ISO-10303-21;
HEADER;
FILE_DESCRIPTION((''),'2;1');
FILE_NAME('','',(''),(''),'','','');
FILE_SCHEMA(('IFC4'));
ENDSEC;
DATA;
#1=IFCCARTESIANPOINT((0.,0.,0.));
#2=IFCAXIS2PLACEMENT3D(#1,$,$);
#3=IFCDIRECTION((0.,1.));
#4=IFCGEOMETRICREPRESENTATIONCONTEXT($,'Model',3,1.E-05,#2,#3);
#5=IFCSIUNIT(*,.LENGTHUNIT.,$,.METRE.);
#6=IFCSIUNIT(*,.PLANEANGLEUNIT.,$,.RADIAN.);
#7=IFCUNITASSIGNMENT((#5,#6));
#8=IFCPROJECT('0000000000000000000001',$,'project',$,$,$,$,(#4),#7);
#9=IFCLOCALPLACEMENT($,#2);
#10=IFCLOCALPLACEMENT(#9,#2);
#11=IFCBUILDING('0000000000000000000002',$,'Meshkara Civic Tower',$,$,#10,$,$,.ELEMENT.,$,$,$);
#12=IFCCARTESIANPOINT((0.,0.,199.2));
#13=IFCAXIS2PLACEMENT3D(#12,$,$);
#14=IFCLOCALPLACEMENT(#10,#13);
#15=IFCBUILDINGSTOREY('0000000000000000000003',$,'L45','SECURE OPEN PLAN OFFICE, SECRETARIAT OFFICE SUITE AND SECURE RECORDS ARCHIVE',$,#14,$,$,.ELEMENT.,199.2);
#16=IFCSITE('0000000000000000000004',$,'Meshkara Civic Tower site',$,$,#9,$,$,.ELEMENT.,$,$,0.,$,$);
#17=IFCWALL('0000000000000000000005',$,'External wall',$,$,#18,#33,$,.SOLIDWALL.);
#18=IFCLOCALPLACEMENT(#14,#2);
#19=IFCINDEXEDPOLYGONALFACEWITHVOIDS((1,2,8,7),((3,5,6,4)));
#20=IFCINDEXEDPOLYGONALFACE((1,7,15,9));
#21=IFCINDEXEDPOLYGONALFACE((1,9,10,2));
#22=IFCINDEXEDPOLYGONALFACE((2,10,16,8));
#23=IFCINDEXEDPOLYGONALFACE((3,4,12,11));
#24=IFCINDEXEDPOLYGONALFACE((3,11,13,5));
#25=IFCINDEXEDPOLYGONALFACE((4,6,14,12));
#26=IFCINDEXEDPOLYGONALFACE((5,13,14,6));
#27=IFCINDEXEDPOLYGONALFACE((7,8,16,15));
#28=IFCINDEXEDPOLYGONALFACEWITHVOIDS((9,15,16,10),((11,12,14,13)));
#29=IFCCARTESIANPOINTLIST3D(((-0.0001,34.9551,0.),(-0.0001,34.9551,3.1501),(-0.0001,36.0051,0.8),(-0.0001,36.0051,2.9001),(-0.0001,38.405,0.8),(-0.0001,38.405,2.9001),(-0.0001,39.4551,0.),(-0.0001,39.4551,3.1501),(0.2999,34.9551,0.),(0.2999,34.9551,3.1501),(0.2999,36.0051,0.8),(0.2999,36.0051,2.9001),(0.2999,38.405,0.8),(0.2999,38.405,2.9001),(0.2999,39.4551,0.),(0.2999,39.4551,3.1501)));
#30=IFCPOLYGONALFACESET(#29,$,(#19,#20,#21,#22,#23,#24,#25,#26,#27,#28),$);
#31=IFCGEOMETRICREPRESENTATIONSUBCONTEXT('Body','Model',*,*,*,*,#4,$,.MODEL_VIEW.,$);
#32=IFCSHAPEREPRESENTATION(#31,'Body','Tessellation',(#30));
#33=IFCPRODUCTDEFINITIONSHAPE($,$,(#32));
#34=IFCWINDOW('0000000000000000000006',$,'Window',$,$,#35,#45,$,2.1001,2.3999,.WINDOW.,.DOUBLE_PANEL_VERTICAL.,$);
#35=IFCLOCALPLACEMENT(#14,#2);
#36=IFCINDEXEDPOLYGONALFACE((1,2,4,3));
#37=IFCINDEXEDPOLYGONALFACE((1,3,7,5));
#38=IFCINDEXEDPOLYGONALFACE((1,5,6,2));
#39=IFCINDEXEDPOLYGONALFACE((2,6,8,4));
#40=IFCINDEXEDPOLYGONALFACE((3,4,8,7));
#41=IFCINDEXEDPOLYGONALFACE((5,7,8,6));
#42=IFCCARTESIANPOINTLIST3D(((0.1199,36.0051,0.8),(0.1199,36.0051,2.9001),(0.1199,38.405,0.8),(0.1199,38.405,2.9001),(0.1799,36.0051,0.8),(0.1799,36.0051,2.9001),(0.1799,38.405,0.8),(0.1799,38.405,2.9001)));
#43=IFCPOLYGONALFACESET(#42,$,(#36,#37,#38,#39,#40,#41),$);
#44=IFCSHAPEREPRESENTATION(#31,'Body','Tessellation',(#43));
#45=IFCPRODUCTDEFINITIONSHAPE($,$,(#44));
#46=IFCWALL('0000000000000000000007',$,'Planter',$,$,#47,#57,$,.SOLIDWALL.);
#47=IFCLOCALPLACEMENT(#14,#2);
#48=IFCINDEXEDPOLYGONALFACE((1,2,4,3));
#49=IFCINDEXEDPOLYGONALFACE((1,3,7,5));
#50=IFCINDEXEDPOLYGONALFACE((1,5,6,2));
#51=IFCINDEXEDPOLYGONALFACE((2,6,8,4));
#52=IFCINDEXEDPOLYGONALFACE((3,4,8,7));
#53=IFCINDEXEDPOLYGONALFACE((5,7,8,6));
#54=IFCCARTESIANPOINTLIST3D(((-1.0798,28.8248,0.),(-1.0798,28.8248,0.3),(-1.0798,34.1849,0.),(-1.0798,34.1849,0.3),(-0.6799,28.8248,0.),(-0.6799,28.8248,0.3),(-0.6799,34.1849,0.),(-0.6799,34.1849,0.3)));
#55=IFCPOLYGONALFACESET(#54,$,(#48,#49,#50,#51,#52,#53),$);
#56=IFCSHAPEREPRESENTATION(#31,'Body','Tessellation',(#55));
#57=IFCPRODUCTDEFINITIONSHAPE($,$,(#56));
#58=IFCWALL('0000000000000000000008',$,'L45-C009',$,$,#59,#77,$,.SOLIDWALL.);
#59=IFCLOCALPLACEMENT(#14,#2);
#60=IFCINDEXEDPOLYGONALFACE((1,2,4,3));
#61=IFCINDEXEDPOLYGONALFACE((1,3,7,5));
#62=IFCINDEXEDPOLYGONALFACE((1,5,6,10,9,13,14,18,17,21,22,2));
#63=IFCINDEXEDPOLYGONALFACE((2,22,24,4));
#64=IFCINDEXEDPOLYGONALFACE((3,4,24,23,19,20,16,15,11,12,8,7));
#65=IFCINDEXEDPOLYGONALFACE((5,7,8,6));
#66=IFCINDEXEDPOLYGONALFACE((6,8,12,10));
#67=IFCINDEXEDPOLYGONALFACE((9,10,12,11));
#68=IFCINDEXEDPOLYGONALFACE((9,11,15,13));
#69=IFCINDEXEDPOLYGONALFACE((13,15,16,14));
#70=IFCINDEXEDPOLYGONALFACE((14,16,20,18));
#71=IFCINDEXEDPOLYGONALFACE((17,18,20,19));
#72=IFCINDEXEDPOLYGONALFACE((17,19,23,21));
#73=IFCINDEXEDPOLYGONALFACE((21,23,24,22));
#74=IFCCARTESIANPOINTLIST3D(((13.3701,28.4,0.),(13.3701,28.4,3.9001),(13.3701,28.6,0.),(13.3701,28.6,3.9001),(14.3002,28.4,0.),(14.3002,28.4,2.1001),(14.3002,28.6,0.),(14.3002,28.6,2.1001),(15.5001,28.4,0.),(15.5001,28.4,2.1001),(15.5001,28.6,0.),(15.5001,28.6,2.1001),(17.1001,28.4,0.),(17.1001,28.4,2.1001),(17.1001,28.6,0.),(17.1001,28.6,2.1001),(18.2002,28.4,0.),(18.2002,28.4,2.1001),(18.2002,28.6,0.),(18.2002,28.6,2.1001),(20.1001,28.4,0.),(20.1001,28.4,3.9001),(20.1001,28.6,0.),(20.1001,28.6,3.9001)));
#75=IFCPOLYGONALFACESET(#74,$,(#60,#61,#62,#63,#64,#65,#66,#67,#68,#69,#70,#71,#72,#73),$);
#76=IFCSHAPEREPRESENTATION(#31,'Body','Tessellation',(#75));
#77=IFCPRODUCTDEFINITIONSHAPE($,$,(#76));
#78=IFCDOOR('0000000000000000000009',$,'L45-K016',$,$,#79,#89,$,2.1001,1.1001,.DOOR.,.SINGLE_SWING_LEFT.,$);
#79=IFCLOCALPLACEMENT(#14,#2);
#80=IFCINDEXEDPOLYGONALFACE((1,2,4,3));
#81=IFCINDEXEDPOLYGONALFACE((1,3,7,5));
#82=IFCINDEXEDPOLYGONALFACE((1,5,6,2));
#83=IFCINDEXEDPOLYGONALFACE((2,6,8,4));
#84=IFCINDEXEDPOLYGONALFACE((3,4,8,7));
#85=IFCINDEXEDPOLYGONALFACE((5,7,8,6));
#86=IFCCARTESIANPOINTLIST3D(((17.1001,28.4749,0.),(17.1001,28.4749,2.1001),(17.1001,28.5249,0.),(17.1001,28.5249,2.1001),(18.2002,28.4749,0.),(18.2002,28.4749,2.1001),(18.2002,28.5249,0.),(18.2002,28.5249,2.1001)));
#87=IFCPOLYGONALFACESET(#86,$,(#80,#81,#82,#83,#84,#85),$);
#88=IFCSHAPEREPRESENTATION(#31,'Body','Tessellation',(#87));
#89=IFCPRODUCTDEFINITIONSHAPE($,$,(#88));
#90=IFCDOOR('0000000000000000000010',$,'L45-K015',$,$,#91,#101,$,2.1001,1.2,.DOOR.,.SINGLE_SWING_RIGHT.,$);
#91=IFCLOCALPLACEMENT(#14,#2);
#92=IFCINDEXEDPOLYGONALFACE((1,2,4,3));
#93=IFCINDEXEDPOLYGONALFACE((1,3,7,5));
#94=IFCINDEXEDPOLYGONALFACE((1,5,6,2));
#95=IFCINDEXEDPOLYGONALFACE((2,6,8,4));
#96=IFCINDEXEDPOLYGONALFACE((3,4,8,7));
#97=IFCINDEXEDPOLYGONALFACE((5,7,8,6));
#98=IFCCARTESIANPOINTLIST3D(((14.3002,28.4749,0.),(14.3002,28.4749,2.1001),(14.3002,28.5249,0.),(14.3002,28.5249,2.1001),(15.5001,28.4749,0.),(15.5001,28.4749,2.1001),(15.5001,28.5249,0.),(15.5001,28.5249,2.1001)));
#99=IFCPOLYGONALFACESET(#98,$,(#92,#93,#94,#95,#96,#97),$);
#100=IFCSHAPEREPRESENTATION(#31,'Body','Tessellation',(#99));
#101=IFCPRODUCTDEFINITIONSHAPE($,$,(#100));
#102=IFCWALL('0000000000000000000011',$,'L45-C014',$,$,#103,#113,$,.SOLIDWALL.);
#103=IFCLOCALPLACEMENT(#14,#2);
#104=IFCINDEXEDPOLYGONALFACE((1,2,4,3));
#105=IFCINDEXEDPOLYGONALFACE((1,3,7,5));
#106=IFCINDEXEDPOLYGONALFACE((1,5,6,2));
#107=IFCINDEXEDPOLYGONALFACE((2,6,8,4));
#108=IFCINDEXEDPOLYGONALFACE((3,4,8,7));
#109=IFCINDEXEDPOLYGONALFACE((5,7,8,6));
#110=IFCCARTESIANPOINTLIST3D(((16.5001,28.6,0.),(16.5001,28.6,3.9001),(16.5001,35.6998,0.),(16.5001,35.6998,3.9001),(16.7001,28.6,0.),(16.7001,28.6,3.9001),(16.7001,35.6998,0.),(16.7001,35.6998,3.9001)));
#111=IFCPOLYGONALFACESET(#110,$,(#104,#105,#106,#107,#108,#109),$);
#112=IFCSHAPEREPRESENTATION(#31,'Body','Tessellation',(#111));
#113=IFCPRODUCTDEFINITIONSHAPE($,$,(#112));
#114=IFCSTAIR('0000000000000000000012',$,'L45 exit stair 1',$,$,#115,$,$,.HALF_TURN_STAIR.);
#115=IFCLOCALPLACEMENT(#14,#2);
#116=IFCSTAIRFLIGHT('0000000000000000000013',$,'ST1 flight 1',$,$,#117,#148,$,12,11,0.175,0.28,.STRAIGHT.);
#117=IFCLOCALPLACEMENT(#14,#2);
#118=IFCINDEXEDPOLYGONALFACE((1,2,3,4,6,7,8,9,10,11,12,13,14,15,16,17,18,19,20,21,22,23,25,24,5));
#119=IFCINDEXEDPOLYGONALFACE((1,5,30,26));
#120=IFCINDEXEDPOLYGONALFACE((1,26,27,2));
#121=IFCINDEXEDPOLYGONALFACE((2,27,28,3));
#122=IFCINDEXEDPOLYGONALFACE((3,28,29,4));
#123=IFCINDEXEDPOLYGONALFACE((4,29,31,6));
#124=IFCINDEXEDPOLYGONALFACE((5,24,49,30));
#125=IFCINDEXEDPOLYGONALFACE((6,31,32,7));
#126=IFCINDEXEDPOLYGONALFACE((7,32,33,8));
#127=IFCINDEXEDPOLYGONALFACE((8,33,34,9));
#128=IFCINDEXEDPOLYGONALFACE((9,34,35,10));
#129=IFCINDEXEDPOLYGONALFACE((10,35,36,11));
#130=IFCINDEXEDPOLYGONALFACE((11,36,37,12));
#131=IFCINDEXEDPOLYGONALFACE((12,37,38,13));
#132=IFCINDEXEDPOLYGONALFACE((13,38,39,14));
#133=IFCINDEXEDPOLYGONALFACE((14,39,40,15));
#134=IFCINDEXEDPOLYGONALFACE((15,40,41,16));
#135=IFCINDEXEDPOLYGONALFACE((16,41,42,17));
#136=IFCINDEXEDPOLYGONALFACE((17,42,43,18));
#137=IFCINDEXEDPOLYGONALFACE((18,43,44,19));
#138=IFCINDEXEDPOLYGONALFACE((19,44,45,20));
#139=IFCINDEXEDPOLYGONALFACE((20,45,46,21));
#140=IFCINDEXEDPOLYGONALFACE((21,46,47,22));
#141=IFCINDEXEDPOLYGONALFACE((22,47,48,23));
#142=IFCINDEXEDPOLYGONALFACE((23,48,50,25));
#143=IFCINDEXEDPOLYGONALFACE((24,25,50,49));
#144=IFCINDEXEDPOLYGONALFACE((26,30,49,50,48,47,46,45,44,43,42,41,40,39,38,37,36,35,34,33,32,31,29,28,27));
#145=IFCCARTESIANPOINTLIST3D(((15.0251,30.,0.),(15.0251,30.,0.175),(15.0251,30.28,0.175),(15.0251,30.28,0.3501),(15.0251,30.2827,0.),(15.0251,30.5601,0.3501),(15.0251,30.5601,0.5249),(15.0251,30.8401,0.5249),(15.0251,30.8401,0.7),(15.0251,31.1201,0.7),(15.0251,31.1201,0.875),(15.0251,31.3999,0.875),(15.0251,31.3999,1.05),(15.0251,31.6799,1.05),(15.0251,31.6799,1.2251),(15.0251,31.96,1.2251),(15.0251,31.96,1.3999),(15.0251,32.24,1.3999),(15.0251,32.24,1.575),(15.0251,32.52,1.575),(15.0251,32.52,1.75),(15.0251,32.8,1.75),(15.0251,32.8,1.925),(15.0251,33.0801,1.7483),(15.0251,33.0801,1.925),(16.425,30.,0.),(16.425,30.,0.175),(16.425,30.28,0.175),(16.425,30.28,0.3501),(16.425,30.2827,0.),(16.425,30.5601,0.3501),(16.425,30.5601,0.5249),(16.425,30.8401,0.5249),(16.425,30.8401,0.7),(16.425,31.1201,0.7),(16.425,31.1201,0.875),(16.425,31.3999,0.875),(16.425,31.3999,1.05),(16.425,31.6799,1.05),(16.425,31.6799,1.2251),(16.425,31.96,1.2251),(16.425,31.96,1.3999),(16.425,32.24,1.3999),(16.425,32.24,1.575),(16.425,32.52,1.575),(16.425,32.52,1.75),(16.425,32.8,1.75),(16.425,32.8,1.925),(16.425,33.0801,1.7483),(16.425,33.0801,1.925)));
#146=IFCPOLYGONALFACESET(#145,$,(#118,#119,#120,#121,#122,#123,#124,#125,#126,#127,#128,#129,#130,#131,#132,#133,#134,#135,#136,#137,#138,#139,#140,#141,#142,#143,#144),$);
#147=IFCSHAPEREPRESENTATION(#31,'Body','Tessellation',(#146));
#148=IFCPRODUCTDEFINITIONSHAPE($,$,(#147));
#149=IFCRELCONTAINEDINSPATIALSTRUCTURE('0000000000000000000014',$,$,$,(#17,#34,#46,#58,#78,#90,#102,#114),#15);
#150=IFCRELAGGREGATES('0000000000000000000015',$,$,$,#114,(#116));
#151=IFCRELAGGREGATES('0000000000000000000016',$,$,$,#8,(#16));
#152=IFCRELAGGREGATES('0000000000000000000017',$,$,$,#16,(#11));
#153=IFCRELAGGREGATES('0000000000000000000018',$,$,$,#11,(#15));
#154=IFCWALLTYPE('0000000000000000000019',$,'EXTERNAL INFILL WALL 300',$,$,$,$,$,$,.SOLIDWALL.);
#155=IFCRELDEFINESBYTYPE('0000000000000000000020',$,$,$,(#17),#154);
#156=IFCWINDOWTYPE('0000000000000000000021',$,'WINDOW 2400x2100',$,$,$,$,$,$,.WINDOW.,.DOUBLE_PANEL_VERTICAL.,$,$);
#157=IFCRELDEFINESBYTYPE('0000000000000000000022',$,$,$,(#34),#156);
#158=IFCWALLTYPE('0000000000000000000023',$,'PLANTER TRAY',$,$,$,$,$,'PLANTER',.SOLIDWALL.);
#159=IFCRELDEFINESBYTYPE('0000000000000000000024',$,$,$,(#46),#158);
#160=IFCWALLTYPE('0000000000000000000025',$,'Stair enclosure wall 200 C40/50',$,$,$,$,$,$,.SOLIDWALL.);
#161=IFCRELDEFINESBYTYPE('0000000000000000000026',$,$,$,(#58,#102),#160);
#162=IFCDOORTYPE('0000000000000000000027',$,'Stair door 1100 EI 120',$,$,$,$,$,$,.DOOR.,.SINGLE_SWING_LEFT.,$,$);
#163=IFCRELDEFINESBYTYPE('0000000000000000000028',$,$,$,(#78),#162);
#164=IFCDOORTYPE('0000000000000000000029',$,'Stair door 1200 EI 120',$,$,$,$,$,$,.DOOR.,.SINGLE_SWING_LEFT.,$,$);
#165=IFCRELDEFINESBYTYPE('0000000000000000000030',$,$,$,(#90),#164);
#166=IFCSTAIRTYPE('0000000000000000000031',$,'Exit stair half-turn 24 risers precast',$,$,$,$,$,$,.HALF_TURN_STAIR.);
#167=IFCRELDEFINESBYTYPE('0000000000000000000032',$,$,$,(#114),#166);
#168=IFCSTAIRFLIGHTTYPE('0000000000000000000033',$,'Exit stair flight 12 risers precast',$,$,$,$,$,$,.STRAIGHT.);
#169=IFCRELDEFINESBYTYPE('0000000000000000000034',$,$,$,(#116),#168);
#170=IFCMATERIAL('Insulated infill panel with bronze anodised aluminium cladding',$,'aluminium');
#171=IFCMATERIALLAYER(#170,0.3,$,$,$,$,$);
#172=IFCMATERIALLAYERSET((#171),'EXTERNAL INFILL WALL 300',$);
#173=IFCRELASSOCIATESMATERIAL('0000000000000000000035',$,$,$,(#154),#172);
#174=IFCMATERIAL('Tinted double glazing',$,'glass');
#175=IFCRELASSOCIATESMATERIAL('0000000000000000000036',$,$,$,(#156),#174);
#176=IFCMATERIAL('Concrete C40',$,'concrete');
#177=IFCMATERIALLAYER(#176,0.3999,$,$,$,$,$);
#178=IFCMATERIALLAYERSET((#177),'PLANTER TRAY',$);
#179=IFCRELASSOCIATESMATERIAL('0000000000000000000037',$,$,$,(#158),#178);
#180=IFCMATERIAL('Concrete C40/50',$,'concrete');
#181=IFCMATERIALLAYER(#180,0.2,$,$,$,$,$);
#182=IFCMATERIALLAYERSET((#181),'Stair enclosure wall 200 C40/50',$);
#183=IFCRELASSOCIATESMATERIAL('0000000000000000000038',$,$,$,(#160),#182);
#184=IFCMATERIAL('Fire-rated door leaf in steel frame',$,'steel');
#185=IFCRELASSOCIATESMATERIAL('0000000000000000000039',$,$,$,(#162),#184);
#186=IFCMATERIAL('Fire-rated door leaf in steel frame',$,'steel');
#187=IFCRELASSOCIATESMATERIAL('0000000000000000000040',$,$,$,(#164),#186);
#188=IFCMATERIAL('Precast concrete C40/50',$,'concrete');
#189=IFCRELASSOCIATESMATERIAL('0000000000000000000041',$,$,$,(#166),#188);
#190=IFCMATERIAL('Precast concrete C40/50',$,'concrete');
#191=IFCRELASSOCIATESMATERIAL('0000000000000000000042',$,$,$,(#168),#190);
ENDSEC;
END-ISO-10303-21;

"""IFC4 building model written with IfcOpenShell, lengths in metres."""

from ifc_helpers import new_model, si_unit, direction, frame, frame_2d, origin, place, context, subcontext, project, spatial, polyline, rectangle, outline, extrude, material, layer, layer_set, type_object, element, fill, aggregate, save


model = new_model("IFC4")

# Units and contexts
model_context = context("Model", 3, precision=1e-05, world=origin(), true_north=direction((0.0, 1.0)))
body_context = subcontext(model_context, "Body", "Model", "MODEL_VIEW")
ifc_project = project(units=[si_unit("LENGTHUNIT", "METRE"), si_unit("PLANEANGLEUNIT", "RADIAN")], contexts=[model_context])

# Site, building, storey
site_placement = place(None, origin())
site = spatial("IfcSite", under=ifc_project, at=site_placement, Name="Meshkara Civic Tower site", CompositionType="ELEMENT", RefElevation=0.0)
building_placement = place(site_placement, origin())
building = spatial("IfcBuilding", under=site, at=building_placement, Name="Meshkara Civic Tower", CompositionType="ELEMENT")
storey_placement = place(building_placement, frame((0.0, 0.0, 199.2)))
storey = spatial("IfcBuildingStorey", under=building, at=storey_placement, Name="L45", Description="SECURE OPEN PLAN OFFICE, SECRETARIAT OFFICE SUITE AND SECURE RECORDS ARCHIVE", CompositionType="ELEMENT", Elevation=199.2)

# Wall, opening, window
ifc_material_1 = material(Name="Insulated infill panel with bronze anodised aluminium cladding", Category="aluminium")
ifc_layer_1 = layer(ifc_material_1, 0.3)
ifc_layer_set_1 = layer_set([ifc_layer_1], Name="EXTERNAL INFILL WALL 300")
wall_type_1 = type_object("IfcWallType", Name="EXTERNAL INFILL WALL 300", PredefinedType="SOLIDWALL", material=ifc_layer_set_1)
wall_1_placement = place(storey_placement, frame((0.1499, 39.4551, 0.0), z_axis=(0.0, 0.0, 1.0), x_axis=(0.0, -1.0, 0.0)))
wall_1 = element("IfcWall", 1, at=wall_1_placement, inside=storey, type_object=wall_type_1, Name="External wall", PredefinedType="SOLIDWALL", context=body_context, shape_type="SweptSolid", body=[
    extrude(rectangle(XDim=4.5, YDim=0.3, at=frame_2d((2.25, 0.0))), origin(), (0.0, 0.0, 1.0), 3.1501),
])
opening_1_placement = place(wall_1_placement, frame((1.05, 0.0, 0.8)))
opening_1 = element("IfcOpeningElement", 2, at=opening_1_placement, cuts=wall_1, PredefinedType="OPENING", context=body_context, shape_type="SweptSolid", body=[
    extrude(rectangle(XDim=2.3999, YDim=2.1001, at=frame_2d((1.2, 1.05))), frame((0.0, 0.1599, 0.0), z_axis=(0.0, -1.0, 0.0), x_axis=(1.0, 0.0, 0.0)), (0.0, 0.0, 1.0), 0.3201),
])
ifc_material_2 = material(Name="Tinted double glazing", Category="glass")
window_type = type_object("IfcWindowType", Name="WINDOW 2400x2100", PartitioningType="DOUBLE_PANEL_VERTICAL", PredefinedType="WINDOW", material=ifc_material_2)
window_placement = place(opening_1_placement, origin())
window = element("IfcWindow", 3, at=window_placement, inside=storey, type_object=window_type, Name="Window", OverallHeight=2.1001, OverallWidth=2.3999, PartitioningType="DOUBLE_PANEL_VERTICAL", PredefinedType="WINDOW", context=body_context, shape_type="SweptSolid", body=[
    extrude(rectangle(XDim=2.3999, YDim=2.1001, at=frame_2d((1.2, 1.05))), frame((0.0, 0.03, 0.0), z_axis=(0.0, -1.0, 0.0), x_axis=(1.0, 0.0, 0.0)), (0.0, 0.0, 1.0), 0.0601),
])
fill(opening_1, window)

# Wall
ifc_material_3 = material(Name="Concrete C40", Category="concrete")
ifc_layer_2 = layer(ifc_material_3, 0.3999)
ifc_layer_set_2 = layer_set([ifc_layer_2], Name="PLANTER TRAY")
wall_type_2 = type_object("IfcWallType", Name="PLANTER TRAY", ElementType="PLANTER", PredefinedType="SOLIDWALL", material=ifc_layer_set_2)
wall_2_placement = place(storey_placement, frame((-0.8799, 34.1851, 0.0), z_axis=(0.0, 0.0, 1.0), x_axis=(0.0, -1.0, 0.0)))
element("IfcWall", 4, at=wall_2_placement, inside=storey, type_object=wall_type_2, Name="Planter", PredefinedType="SOLIDWALL", context=body_context, shape_type="SweptSolid", body=[
    extrude(rectangle(XDim=5.3601, YDim=0.3999, at=frame_2d((2.6802, 0.0))), origin(), (0.0, 0.0, 1.0), 0.3),
])

# Wall, openings, doors
ifc_material_4 = material(Name="Concrete C40/50", Category="concrete")
ifc_layer_3 = layer(ifc_material_4, 0.2)
ifc_layer_set_3 = layer_set([ifc_layer_3], Name="Stair enclosure wall 200 C40/50")
wall_type_3 = type_object("IfcWallType", Name="Stair enclosure wall 200 C40/50", PredefinedType="SOLIDWALL", material=ifc_layer_set_3)
wall_3_placement = place(storey_placement, frame((13.3701, 28.5, 0.0), z_axis=(0.0, 0.0, 1.0), x_axis=(1.0, 0.0, 0.0)))
wall_3 = element("IfcWall", 5, at=wall_3_placement, inside=storey, type_object=wall_type_3, Name="L45-C009", PredefinedType="SOLIDWALL", context=body_context, shape_type="SweptSolid", body=[
    extrude(rectangle(XDim=6.73, YDim=0.2, at=frame_2d((3.365, 0.0))), origin(), (0.0, 0.0, 1.0), 3.9001),
])
opening_2_placement = place(wall_3_placement, frame((0.9299, 0.0, 0.0)))
opening_2 = element("IfcOpeningElement", 6, at=opening_2_placement, cuts=wall_3, PredefinedType="OPENING", context=body_context, shape_type="SweptSolid", body=[
    extrude(rectangle(XDim=1.2, YDim=2.1001, at=frame_2d((0.6001, 1.05))), frame((0.0, 0.1099, 0.0), z_axis=(0.0, -1.0, 0.0), x_axis=(1.0, 0.0, 0.0)), (0.0, 0.0, 1.0), 0.22),
])
opening_3_placement = place(wall_3_placement, frame((3.73, 0.0, 0.0)))
opening_3 = element("IfcOpeningElement", 7, at=opening_3_placement, cuts=wall_3, PredefinedType="OPENING", context=body_context, shape_type="SweptSolid", body=[
    extrude(rectangle(XDim=1.1001, YDim=2.1001, at=frame_2d((0.55, 1.05))), frame((0.0, 0.1099, 0.0), z_axis=(0.0, -1.0, 0.0), x_axis=(1.0, 0.0, 0.0)), (0.0, 0.0, 1.0), 0.22),
])
ifc_material_5 = material(Name="Fire-rated door leaf in steel frame", Category="steel")
door_type_1 = type_object("IfcDoorType", Name="Stair door 1100 EI 120", OperationType="SINGLE_SWING_LEFT", PredefinedType="DOOR", material=ifc_material_5)
door_1_placement = place(opening_3_placement, origin())
door_1 = element("IfcDoor", 8, at=door_1_placement, inside=storey, type_object=door_type_1, Name="L45-K016", OperationType="SINGLE_SWING_LEFT", OverallHeight=2.1001, OverallWidth=1.1001, PredefinedType="DOOR", context=body_context, shape_type="SweptSolid", body=[
    extrude(rectangle(XDim=1.1001, YDim=2.1001, at=frame_2d((0.55, 1.05))), frame((0.0, 0.0249, 0.0), z_axis=(0.0, -1.0, 0.0), x_axis=(1.0, 0.0, 0.0)), (0.0, 0.0, 1.0), 0.05),
])
fill(opening_3, door_1)
ifc_material_6 = material(Name="Fire-rated door leaf in steel frame", Category="steel")
door_type_2 = type_object("IfcDoorType", Name="Stair door 1200 EI 120", OperationType="SINGLE_SWING_LEFT", PredefinedType="DOOR", material=ifc_material_6)
door_2_placement = place(opening_2_placement, origin())
door_2 = element("IfcDoor", 9, at=door_2_placement, inside=storey, type_object=door_type_2, Name="L45-K015", OperationType="SINGLE_SWING_RIGHT", OverallHeight=2.1001, OverallWidth=1.2, PredefinedType="DOOR", context=body_context, shape_type="SweptSolid", body=[
    extrude(rectangle(XDim=1.2, YDim=2.1001, at=frame_2d((0.6001, 1.05))), frame((0.0, 0.0249, 0.0), z_axis=(0.0, -1.0, 0.0), x_axis=(1.0, 0.0, 0.0)), (0.0, 0.0, 1.0), 0.05),
])
fill(opening_2, door_2)

# Wall
wall_4_placement = place(storey_placement, frame((16.6001, 28.6001, 0.0), z_axis=(0.0, 0.0, 1.0), x_axis=(0.0, 1.0, 0.0)))
element("IfcWall", 10, at=wall_4_placement, inside=storey, type_object=wall_type_3, Name="L45-C014", PredefinedType="SOLIDWALL", context=body_context, shape_type="SweptSolid", body=[
    extrude(rectangle(XDim=7.0999, YDim=0.2, at=frame_2d((3.5498, 0.0))), origin(), (0.0, 0.0, 1.0), 3.9001),
])

# Stair, stair flight
ifc_material_7 = material(Name="Precast concrete C40/50", Category="concrete")
stair_type = type_object("IfcStairType", Name="Exit stair half-turn 24 risers precast", PredefinedType="HALF_TURN_STAIR", material=ifc_material_7)
stair_1_placement = place(storey_placement, origin())
stair_1 = element("IfcStair", 11, at=stair_1_placement, inside=storey, type_object=stair_type, Name="L45 exit stair 1", PredefinedType="HALF_TURN_STAIR")
ifc_material_8 = material(Name="Precast concrete C40/50", Category="concrete")
stair_flight_type = type_object("IfcStairFlightType", Name="Exit stair flight 12 risers precast", PredefinedType="STRAIGHT", material=ifc_material_8)
stair_flight_1_placement = place(storey_placement, frame((15.7251, 30.0, 0.0), z_axis=(0.0, 0.0, 1.0), x_axis=(0.0, 1.0, 0.0)))
stair_flight_1 = element("IfcStairFlight", 12, at=stair_flight_1_placement, type_object=stair_flight_type, Name="ST1 flight 1", NumberOfRisers=12, NumberOfTreads=11, PredefinedType="STRAIGHT", RiserHeight=0.175, TreadLength=0.28, context=body_context, shape_type="SweptSolid", body=[
    extrude(outline(polyline([(0.0, 0.0), (0.0, 0.175), (0.28, 0.175), (0.28, 0.3501), (0.5601, 0.3501), (0.5601, 0.5249), (0.8401, 0.5249), (0.8401, 0.7), (1.1201, 0.7), (1.1201, 0.875), (1.3999, 0.875), (1.3999, 1.05), (1.6799, 1.05), (1.6799, 1.2251), (1.96, 1.2251), (1.96, 1.3999), (2.24, 1.3999), (2.24, 1.575), (2.52, 1.575), (2.52, 1.75), (2.8, 1.75), (2.8, 1.925), (3.0801, 1.925), (3.0801, 2.1001), (3.0801, 1.7483), (0.2827, 0.0), (0.0, 0.0)])), frame((0.0, 0.7, 0.0), z_axis=(0.0, -1.0, 0.0), x_axis=(1.0, 0.0, 0.0)), (0.0, 0.0, 1.0), 1.3999),
])
aggregate(stair_1, [stair_flight_1])

save(model, "model.ifc")
